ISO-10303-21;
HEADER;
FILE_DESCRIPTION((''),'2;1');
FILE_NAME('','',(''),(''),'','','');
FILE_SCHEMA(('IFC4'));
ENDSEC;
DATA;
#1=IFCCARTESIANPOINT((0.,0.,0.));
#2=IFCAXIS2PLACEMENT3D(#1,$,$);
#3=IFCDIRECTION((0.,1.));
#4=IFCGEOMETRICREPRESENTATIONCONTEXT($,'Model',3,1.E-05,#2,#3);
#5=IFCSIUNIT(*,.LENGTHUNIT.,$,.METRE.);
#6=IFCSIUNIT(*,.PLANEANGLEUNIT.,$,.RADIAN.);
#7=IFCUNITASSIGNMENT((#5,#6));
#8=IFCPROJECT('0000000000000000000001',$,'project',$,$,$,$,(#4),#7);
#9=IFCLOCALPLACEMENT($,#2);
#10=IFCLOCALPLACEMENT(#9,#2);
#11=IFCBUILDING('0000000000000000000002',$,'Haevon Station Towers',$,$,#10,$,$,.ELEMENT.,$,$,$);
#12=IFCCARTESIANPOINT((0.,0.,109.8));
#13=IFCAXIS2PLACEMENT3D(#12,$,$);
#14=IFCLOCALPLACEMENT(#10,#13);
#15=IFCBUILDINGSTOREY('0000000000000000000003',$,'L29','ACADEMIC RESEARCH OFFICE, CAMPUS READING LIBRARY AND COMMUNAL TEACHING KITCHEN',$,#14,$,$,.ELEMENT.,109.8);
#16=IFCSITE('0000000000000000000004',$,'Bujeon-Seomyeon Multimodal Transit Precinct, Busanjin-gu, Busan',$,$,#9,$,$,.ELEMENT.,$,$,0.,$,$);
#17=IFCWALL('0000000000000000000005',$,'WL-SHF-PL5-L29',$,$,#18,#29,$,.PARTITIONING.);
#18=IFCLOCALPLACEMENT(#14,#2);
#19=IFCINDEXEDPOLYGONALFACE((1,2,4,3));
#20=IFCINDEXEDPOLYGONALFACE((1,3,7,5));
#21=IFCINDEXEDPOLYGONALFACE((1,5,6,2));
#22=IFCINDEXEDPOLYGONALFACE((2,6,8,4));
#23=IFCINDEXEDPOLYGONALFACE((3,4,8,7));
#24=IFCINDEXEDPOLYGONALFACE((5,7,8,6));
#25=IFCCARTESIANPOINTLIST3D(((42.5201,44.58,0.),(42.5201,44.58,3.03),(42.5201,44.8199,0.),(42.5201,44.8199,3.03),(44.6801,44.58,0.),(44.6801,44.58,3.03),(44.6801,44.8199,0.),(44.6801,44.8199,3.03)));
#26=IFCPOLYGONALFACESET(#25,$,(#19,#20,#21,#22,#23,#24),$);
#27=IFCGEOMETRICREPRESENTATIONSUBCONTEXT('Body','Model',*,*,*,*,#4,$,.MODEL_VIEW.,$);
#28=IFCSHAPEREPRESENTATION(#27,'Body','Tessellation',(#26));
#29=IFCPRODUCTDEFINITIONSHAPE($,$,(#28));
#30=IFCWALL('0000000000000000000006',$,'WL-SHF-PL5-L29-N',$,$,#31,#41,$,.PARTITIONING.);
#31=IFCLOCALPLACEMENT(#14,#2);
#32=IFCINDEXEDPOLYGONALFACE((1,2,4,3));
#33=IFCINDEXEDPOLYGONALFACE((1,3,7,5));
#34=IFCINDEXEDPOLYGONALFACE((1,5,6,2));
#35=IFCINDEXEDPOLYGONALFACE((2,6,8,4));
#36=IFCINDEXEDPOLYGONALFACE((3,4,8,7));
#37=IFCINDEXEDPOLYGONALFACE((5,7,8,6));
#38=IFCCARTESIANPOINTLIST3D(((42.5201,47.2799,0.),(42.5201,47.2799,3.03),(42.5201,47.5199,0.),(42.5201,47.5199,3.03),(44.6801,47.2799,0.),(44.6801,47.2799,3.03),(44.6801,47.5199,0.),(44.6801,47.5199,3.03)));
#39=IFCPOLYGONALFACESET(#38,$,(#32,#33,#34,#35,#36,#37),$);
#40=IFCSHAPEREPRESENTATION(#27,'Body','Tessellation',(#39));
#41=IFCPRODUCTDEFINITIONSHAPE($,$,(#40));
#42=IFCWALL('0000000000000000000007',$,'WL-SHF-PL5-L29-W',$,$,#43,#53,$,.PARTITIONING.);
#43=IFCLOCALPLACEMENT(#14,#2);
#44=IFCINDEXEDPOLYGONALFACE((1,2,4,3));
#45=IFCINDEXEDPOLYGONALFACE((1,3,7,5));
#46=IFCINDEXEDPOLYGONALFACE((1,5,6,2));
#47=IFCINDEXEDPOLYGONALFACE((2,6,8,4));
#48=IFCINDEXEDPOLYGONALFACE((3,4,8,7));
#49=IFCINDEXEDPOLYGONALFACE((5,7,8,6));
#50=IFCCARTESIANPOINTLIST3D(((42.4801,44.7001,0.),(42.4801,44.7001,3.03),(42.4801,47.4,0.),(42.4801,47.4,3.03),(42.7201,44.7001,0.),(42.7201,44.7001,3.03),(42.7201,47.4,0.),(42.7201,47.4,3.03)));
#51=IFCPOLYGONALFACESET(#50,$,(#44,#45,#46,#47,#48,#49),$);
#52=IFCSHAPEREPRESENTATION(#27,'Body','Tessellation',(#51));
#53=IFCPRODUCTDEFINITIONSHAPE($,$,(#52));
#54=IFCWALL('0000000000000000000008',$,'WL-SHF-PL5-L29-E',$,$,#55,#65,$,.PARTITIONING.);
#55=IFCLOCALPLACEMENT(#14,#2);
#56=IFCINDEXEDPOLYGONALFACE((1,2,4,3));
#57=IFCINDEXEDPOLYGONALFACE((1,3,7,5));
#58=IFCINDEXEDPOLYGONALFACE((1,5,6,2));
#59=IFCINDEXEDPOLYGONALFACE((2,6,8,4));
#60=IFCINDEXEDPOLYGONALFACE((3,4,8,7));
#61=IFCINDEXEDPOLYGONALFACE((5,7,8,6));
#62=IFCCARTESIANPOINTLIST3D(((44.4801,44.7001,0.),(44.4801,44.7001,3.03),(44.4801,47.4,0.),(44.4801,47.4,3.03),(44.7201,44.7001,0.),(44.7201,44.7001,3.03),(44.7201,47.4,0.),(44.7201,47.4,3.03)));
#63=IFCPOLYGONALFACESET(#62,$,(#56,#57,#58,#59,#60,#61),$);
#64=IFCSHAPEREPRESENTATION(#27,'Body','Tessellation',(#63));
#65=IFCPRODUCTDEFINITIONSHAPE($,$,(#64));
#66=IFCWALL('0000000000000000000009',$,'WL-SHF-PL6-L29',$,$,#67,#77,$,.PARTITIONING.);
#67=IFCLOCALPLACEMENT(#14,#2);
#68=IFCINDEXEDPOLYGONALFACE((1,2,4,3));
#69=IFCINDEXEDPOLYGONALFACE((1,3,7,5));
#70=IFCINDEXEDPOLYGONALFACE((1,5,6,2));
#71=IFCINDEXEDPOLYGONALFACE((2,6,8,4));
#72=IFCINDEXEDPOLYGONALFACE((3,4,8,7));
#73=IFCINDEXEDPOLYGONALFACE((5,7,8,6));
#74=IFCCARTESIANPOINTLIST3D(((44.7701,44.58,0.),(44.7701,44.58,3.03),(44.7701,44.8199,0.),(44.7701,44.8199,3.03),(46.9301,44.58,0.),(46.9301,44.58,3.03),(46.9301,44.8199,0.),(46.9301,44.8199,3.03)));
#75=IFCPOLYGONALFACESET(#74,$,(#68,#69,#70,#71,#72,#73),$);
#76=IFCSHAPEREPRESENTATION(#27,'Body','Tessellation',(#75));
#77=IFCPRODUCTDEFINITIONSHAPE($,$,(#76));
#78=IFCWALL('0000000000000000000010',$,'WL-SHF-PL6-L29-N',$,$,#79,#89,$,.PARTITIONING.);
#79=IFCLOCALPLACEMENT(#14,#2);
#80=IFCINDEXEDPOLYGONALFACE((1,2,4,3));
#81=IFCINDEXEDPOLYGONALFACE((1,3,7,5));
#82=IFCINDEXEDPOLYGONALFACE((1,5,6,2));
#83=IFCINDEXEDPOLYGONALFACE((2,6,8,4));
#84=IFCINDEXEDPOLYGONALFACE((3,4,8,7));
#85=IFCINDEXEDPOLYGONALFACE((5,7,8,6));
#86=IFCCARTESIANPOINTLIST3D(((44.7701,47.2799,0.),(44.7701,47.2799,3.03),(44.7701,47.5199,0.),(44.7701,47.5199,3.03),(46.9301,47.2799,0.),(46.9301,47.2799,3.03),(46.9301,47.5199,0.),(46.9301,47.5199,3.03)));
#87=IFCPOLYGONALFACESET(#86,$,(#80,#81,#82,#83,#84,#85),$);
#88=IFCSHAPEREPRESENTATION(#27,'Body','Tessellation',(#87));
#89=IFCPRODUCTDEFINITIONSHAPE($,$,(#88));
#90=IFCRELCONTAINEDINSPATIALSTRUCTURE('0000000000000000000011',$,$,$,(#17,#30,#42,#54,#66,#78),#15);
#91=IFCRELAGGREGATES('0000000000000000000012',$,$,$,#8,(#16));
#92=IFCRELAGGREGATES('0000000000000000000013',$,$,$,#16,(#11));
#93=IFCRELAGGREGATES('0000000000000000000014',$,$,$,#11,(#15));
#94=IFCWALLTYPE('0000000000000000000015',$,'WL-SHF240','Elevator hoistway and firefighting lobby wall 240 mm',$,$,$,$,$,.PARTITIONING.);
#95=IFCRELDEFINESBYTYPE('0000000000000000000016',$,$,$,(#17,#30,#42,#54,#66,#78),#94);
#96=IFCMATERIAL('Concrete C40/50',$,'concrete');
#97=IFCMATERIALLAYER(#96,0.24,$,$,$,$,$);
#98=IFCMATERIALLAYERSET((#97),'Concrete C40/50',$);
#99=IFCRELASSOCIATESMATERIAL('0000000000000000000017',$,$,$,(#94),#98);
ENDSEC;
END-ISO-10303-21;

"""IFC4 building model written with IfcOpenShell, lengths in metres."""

from ifc_helpers import new_model, si_unit, direction, frame, frame_2d, origin, place, context, subcontext, project, spatial, rectangle, extrude, material, layer, layer_set, type_object, element, save


model = new_model("IFC4")

# Units and contexts
model_context = context("Model", 3, precision=1e-05, world=origin(), true_north=direction((0.0, 1.0)))
body_context = subcontext(model_context, "Body", "Model", "MODEL_VIEW")
ifc_project = project(units=[si_unit("LENGTHUNIT", "METRE"), si_unit("PLANEANGLEUNIT", "RADIAN")], contexts=[model_context])

# Site, building, storey
site_placement = place(None, origin())
site = spatial("IfcSite", under=ifc_project, at=site_placement, Name="Bujeon-Seomyeon Multimodal Transit Precinct, Busanjin-gu, Busan", CompositionType="ELEMENT", RefElevation=0.0)
building_placement = place(site_placement, origin())
building = spatial("IfcBuilding", under=site, at=building_placement, Name="Haevon Station Towers", CompositionType="ELEMENT")
storey_placement = place(building_placement, frame((0.0, 0.0, 109.8)))
storey = spatial("IfcBuildingStorey", under=building, at=storey_placement, Name="L29", Description="ACADEMIC RESEARCH OFFICE, CAMPUS READING LIBRARY AND COMMUNAL TEACHING KITCHEN", CompositionType="ELEMENT", Elevation=109.8)

# Shared definitions
ifc_material_1 = material(Name="Concrete C40/50", Category="concrete")
ifc_layer_1 = layer(ifc_material_1, 0.24)
ifc_layer_set_1 = layer_set([ifc_layer_1], Name="Concrete C40/50")
wall_type_1 = type_object("IfcWallType", Name="WL-SHF240", Description="Elevator hoistway and firefighting lobby wall 240 mm", PredefinedType="PARTITIONING", material=ifc_layer_set_1)

# Walls
for number, where, z_axis, x_axis, name in (
    (1, (42.52, 44.7, 0.0), (0.0, 0.0, 1.0), (1.0, 0.0, 0.0), "WL-SHF-PL5-L29"),
    (2, (42.52, 47.3999, 0.0), (0.0, 0.0, 1.0), (1.0, 0.0, 0.0), "WL-SHF-PL5-L29-N"),
):
    element("IfcWall", number, at=place(storey_placement, frame(where, z_axis=z_axis, x_axis=x_axis)), inside=storey, type_object=wall_type_1, Name=name, PredefinedType="PARTITIONING", context=body_context, shape_type="SweptSolid", body=[
        extrude(rectangle(XDim=2.1599, YDim=0.24, at=frame_2d((1.0801, 0.0))), origin(), (0.0, 0.0, 1.0), 3.03),
    ])
for number, where, z_axis, x_axis, name in (
    (3, (42.6001, 44.7, 0.0), (0.0, 0.0, 1.0), (0.0, 1.0, 0.0), "WL-SHF-PL5-L29-W"),
    (4, (44.6001, 44.7, 0.0), (0.0, 0.0, 1.0), (0.0, 1.0, 0.0), "WL-SHF-PL5-L29-E"),
):
    element("IfcWall", number, at=place(storey_placement, frame(where, z_axis=z_axis, x_axis=x_axis)), inside=storey, type_object=wall_type_1, Name=name, PredefinedType="PARTITIONING", context=body_context, shape_type="SweptSolid", body=[
        extrude(rectangle(XDim=2.7, YDim=0.24, at=frame_2d((1.3501, 0.0))), origin(), (0.0, 0.0, 1.0), 3.03),
    ])
for number, where, z_axis, x_axis, name in (
    (5, (44.77, 44.7, 0.0), (0.0, 0.0, 1.0), (1.0, 0.0, 0.0), "WL-SHF-PL6-L29"),
    (6, (44.77, 47.3999, 0.0), (0.0, 0.0, 1.0), (1.0, 0.0, 0.0), "WL-SHF-PL6-L29-N"),
):
    element("IfcWall", number, at=place(storey_placement, frame(where, z_axis=z_axis, x_axis=x_axis)), inside=storey, type_object=wall_type_1, Name=name, PredefinedType="PARTITIONING", context=body_context, shape_type="SweptSolid", body=[
        extrude(rectangle(XDim=2.1599, YDim=0.24, at=frame_2d((1.0801, 0.0))), origin(), (0.0, 0.0, 1.0), 3.03),
    ])

save(model, "model.ifc")
